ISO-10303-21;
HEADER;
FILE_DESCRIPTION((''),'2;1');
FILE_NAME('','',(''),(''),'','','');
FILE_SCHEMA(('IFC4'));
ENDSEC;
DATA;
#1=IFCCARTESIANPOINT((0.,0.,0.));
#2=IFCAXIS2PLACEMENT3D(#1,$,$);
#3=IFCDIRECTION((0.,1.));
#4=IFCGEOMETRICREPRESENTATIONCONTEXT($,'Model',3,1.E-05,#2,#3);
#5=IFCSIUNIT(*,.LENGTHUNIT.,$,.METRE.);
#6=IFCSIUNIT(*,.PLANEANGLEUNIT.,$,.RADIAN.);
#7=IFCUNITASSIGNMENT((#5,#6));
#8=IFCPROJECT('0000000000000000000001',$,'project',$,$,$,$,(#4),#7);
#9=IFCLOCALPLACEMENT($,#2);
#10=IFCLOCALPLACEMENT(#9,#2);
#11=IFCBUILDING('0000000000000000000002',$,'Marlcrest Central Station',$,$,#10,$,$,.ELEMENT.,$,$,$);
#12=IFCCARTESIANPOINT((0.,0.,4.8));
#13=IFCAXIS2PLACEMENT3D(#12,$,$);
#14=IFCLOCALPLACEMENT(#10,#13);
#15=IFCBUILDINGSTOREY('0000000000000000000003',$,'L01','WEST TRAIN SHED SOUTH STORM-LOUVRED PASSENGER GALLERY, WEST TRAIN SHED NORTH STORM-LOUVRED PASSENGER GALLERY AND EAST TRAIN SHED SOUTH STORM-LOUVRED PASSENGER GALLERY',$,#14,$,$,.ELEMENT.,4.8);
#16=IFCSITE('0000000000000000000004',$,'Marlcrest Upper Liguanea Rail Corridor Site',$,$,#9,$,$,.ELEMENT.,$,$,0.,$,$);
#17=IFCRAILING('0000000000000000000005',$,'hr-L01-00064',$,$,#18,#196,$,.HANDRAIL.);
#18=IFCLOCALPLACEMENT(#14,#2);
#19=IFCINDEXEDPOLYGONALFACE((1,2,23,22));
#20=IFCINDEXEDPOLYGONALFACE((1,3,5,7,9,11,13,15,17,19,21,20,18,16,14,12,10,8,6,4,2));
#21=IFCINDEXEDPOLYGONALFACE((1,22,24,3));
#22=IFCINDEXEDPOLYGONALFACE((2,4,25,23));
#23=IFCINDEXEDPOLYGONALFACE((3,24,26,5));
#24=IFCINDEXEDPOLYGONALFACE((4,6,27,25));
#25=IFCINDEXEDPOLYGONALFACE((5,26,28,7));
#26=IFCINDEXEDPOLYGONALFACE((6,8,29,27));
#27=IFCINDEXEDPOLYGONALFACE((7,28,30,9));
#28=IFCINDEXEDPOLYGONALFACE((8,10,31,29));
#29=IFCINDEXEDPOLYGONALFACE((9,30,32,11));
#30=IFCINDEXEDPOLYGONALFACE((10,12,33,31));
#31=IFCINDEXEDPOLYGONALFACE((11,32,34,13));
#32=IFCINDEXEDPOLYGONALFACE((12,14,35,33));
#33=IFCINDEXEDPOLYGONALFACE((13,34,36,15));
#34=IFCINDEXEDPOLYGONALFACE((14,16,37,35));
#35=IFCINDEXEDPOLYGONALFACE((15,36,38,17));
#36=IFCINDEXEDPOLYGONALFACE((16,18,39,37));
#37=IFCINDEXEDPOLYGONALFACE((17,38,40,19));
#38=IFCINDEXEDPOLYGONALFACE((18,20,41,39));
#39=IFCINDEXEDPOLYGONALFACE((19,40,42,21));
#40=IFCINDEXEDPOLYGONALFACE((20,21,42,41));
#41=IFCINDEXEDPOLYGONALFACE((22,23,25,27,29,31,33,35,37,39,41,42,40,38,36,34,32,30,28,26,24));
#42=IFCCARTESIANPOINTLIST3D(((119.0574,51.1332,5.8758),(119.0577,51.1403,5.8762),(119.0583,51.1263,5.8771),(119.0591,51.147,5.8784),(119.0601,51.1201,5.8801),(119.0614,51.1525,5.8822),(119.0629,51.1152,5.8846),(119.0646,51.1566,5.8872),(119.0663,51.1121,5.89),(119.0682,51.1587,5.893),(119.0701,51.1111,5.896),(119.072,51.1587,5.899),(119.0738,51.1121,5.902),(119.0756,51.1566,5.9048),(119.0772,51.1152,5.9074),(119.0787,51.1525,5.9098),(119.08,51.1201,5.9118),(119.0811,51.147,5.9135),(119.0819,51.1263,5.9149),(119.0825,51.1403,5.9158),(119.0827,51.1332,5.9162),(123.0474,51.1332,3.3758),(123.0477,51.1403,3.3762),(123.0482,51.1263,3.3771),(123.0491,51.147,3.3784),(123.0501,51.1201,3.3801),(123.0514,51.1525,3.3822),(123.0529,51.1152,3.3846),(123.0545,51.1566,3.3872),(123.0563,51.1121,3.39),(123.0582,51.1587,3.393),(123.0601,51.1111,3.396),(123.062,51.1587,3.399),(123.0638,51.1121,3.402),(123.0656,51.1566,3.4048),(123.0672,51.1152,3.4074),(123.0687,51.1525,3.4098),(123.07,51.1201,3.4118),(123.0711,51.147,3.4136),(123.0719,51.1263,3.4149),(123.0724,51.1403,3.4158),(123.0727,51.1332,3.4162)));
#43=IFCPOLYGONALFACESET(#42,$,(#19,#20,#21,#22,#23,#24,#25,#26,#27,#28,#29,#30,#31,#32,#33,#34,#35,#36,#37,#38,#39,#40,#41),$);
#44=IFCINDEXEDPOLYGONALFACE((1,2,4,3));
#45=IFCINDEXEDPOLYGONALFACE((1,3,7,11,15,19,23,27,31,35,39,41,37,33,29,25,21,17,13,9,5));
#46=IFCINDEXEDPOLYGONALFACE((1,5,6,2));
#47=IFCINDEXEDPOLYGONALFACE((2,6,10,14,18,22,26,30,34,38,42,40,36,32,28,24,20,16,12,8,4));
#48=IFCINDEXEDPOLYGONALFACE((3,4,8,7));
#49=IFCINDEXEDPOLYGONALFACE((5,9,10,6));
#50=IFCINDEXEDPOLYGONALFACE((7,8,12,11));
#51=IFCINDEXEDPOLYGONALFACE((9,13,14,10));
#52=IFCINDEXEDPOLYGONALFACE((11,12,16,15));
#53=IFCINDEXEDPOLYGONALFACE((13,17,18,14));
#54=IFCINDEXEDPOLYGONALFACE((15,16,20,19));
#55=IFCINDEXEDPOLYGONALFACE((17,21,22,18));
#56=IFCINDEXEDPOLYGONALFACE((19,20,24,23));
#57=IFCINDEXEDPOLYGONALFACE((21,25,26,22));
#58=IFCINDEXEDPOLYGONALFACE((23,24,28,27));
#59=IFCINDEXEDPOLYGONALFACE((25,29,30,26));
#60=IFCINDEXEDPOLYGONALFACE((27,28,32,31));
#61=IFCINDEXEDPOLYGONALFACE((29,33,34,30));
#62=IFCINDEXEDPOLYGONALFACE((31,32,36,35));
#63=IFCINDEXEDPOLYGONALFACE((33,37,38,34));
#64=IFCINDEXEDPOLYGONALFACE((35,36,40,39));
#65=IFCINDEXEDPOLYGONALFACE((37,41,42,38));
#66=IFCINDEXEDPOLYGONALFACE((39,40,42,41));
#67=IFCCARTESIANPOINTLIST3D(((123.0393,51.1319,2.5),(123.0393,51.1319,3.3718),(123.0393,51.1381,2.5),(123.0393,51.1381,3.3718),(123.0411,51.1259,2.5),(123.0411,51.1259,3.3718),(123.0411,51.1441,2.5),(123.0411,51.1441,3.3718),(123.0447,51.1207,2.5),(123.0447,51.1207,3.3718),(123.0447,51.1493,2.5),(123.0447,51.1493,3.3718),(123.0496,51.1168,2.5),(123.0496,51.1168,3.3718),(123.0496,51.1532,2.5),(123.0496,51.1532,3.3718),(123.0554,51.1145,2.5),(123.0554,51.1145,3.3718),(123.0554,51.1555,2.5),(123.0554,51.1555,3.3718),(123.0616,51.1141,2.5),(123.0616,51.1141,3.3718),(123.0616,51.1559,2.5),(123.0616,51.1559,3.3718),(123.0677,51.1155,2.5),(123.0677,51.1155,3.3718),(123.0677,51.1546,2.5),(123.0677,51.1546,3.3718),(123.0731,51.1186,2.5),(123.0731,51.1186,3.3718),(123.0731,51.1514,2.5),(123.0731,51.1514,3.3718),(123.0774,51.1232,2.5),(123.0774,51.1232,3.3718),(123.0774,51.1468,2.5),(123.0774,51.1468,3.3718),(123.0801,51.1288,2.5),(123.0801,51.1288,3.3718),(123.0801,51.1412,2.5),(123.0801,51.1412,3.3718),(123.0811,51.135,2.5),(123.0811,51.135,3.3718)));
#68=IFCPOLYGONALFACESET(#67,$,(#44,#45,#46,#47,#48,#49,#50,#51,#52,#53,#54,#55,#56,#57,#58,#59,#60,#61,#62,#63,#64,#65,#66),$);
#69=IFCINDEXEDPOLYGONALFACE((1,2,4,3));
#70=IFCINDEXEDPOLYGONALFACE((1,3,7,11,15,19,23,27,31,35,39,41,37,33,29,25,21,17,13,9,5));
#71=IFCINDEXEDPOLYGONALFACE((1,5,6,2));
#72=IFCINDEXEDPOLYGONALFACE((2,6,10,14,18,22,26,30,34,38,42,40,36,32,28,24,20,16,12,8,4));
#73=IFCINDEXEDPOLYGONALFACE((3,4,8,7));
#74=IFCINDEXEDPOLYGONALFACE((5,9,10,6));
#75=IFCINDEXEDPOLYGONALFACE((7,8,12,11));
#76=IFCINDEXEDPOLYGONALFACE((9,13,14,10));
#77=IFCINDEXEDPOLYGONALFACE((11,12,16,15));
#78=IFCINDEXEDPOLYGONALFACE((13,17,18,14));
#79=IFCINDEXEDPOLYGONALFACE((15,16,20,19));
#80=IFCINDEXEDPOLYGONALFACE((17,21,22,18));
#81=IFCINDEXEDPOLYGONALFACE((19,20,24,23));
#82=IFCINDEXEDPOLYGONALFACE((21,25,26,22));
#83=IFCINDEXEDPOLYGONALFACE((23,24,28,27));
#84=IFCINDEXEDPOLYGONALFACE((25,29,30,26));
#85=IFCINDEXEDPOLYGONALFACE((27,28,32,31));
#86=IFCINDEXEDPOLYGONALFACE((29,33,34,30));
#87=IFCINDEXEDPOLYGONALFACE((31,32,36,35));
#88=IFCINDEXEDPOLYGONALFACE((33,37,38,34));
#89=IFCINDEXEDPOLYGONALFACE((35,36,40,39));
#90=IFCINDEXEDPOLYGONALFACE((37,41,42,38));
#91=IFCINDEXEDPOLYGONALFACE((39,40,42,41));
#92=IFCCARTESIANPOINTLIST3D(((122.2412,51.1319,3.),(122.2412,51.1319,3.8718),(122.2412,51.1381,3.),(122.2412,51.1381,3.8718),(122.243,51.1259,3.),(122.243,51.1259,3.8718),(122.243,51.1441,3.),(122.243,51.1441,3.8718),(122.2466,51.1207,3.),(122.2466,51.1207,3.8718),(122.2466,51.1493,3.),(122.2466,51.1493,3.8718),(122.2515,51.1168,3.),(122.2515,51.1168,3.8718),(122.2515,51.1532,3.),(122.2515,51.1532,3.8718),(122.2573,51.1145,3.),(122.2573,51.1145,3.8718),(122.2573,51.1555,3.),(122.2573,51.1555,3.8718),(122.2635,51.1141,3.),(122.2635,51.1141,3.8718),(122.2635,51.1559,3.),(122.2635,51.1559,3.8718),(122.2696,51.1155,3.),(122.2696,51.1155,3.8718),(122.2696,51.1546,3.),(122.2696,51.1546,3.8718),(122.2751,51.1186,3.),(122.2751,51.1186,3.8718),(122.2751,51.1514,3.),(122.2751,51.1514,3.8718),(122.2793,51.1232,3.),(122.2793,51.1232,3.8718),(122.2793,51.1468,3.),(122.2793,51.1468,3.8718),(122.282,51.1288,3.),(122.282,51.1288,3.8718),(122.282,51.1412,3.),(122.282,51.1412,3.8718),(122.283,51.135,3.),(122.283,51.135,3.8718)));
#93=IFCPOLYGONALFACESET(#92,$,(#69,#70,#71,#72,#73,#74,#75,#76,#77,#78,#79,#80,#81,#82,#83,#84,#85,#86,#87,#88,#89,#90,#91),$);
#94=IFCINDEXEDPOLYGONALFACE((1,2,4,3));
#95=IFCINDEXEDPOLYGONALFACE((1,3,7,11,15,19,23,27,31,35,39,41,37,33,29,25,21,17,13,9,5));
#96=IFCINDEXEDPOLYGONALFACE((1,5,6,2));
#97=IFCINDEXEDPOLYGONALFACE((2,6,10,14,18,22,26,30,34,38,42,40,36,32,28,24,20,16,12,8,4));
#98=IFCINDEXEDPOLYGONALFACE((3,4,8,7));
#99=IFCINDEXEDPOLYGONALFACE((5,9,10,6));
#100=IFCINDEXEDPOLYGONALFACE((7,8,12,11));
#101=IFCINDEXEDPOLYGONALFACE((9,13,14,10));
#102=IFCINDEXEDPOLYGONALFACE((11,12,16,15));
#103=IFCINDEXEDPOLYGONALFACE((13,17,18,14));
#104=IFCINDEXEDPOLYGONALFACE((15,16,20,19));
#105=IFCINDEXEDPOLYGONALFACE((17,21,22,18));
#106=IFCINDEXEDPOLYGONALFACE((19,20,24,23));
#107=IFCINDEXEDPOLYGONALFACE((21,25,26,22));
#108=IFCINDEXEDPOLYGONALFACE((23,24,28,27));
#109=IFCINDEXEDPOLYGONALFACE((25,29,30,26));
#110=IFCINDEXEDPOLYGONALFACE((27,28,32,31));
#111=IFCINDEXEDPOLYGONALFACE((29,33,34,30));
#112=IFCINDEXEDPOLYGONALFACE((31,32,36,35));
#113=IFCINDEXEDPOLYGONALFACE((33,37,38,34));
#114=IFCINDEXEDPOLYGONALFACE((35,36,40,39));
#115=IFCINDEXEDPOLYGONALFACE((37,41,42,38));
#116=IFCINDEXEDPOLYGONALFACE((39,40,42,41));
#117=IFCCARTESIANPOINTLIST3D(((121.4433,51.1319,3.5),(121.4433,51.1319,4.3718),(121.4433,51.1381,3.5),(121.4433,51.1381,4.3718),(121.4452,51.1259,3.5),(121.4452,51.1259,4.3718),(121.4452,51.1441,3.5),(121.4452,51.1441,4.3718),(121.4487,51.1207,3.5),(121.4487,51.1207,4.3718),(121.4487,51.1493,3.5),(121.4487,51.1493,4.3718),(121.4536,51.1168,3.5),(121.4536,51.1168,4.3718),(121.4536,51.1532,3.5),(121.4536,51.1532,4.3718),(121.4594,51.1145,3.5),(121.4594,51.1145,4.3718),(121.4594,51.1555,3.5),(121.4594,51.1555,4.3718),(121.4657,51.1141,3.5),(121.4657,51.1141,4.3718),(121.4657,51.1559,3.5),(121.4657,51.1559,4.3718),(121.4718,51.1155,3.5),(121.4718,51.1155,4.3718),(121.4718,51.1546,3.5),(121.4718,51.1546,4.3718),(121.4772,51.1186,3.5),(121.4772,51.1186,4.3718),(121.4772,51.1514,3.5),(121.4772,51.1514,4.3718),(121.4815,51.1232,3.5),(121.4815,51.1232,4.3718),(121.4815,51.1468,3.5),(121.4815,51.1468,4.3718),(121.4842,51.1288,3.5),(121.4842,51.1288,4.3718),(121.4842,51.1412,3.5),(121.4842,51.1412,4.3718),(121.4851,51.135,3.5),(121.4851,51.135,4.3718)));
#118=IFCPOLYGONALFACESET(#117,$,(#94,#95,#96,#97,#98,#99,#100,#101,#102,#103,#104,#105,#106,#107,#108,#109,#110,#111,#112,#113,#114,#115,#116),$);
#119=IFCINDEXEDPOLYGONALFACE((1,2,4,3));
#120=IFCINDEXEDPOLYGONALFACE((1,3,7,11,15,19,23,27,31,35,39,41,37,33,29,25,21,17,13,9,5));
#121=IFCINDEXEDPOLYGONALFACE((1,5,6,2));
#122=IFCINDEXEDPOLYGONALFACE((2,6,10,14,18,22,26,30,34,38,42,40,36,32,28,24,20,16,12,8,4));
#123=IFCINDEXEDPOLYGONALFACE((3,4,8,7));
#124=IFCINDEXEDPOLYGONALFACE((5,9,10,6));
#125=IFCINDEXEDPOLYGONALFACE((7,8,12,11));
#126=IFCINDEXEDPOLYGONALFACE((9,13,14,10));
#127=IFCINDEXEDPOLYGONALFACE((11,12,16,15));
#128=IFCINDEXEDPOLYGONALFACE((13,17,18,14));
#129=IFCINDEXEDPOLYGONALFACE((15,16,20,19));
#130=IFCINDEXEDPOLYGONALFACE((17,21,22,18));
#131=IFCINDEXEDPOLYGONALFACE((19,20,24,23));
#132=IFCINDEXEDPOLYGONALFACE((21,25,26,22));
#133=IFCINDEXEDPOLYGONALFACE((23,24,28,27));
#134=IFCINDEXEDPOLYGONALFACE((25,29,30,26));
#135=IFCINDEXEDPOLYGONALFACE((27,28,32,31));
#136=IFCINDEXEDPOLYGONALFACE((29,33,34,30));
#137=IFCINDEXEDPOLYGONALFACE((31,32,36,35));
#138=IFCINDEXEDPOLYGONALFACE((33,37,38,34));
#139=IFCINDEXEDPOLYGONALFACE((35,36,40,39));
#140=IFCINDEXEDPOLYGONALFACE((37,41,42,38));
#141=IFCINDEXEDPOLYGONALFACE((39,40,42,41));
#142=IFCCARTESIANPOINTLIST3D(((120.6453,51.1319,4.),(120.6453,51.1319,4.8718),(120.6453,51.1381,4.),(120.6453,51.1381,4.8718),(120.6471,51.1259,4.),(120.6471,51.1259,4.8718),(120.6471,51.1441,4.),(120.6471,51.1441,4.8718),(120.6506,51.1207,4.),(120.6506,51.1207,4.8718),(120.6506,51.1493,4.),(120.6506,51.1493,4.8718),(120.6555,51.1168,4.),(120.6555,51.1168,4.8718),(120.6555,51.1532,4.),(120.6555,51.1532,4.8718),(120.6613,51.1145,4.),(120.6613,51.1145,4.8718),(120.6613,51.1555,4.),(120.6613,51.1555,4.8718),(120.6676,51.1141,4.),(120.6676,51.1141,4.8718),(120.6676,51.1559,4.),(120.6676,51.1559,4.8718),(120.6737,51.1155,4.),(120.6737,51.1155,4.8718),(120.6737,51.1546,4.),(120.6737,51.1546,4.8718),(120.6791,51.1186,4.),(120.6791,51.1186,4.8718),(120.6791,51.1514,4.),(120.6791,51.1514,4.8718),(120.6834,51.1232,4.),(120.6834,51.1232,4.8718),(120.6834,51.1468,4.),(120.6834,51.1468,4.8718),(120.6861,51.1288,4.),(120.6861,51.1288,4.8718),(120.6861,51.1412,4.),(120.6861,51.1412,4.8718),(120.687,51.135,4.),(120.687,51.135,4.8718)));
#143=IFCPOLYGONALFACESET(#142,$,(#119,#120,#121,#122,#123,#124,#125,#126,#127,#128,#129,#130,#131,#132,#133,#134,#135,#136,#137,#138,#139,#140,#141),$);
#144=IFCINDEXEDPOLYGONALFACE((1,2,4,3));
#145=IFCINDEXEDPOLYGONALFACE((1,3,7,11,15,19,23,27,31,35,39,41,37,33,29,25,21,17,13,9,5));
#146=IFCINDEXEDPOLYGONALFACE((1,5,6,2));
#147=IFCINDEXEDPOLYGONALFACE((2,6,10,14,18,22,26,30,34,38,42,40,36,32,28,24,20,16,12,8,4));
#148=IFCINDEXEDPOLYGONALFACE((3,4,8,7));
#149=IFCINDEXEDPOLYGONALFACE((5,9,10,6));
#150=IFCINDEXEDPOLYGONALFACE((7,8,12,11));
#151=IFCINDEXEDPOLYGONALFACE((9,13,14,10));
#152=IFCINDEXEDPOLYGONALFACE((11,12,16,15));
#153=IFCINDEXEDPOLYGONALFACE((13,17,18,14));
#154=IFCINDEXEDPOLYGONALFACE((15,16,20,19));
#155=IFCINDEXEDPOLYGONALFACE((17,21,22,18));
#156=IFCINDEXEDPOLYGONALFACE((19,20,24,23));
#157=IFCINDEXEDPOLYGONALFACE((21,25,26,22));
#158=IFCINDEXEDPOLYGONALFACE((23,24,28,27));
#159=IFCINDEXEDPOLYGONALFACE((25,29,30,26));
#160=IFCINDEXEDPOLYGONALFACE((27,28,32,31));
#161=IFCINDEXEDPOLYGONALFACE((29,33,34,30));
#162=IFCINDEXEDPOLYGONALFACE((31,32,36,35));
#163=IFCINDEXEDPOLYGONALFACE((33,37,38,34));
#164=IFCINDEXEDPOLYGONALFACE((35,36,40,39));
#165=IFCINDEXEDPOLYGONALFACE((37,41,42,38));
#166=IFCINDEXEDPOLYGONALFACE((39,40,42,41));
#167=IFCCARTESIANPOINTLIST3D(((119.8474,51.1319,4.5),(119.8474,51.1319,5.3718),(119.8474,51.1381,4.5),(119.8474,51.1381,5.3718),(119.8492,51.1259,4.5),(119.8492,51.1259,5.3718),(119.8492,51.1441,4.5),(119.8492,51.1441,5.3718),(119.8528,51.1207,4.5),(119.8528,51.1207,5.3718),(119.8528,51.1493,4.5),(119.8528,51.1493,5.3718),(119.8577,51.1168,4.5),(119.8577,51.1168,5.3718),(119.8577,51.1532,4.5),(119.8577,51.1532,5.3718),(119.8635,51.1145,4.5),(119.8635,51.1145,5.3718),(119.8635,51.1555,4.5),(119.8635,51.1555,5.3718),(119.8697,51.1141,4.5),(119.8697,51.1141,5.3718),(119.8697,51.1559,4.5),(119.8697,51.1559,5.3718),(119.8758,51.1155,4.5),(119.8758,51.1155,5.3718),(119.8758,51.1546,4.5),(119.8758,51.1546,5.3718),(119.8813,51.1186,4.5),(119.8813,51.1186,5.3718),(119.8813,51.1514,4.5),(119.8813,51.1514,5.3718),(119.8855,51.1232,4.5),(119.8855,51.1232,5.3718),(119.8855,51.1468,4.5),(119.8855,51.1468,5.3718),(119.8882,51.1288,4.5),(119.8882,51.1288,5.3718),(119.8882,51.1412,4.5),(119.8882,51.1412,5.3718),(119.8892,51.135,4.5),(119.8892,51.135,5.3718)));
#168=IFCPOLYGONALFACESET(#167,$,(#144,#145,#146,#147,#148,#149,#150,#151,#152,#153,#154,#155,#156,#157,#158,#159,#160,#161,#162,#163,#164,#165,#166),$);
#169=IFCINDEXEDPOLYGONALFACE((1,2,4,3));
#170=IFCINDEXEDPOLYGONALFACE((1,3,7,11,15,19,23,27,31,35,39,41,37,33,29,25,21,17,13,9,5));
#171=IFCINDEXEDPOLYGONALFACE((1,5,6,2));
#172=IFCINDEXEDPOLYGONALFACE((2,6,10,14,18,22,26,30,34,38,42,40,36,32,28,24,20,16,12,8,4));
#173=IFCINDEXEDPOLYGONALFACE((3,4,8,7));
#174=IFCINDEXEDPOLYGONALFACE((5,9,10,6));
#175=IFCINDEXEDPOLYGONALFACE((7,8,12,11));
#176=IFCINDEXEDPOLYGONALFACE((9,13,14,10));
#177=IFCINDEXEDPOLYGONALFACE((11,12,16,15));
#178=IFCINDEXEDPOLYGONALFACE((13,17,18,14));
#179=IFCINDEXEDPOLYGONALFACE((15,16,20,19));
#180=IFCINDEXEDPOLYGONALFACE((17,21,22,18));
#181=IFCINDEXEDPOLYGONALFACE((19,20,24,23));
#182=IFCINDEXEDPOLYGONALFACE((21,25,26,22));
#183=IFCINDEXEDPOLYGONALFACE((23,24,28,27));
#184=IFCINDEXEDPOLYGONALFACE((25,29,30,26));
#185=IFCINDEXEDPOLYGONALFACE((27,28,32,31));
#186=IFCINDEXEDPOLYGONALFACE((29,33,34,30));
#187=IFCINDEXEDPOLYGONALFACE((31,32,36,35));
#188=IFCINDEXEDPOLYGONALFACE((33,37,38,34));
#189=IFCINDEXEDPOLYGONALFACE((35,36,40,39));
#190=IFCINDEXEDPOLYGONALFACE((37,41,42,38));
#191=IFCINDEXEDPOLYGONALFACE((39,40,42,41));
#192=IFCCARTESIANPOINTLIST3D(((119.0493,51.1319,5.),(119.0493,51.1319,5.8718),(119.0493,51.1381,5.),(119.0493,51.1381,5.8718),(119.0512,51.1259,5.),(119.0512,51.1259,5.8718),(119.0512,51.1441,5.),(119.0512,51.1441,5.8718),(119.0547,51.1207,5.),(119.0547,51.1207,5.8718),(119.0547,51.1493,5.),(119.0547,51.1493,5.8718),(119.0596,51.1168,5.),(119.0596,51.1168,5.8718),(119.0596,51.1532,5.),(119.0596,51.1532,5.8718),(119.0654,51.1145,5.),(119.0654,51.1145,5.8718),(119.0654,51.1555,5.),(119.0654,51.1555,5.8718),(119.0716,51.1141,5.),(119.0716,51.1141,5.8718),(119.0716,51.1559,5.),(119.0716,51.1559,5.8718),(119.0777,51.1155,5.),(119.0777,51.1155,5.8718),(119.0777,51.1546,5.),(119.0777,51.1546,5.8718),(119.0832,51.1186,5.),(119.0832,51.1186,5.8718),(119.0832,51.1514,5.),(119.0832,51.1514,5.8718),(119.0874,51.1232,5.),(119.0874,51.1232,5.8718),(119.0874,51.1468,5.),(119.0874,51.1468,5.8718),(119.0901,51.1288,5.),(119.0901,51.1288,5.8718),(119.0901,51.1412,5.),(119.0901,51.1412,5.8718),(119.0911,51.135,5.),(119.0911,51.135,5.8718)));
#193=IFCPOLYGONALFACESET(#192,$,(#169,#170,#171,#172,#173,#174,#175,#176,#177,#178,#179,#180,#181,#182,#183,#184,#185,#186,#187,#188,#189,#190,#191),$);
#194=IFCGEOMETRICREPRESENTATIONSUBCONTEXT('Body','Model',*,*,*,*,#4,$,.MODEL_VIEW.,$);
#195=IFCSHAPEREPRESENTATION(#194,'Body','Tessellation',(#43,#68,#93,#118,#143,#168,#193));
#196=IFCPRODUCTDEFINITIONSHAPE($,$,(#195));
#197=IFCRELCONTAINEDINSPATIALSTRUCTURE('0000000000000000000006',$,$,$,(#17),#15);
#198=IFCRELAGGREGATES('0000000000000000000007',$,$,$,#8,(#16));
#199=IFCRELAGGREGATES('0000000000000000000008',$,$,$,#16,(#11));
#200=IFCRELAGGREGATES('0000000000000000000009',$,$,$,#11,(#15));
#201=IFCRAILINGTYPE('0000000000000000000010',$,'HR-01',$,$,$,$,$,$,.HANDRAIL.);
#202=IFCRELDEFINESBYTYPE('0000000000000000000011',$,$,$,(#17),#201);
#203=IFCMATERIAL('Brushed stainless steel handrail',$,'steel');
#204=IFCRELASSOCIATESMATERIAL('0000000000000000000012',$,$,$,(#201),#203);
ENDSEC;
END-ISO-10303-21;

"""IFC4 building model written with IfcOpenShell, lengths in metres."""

from ifc_helpers import new_model, si_unit, direction, frame, origin, origin_2d, place, context, subcontext, project, spatial, circle, extrude, material, type_object, element, save


model = new_model("IFC4")

# Units and contexts
model_context = context("Model", 3, precision=1e-05, world=origin(), true_north=direction((0.0, 1.0)))
body_context = subcontext(model_context, "Body", "Model", "MODEL_VIEW")
ifc_project = project(units=[si_unit("LENGTHUNIT", "METRE"), si_unit("PLANEANGLEUNIT", "RADIAN")], contexts=[model_context])

# Site, building, storey
site_placement = place(None, origin())
site = spatial("IfcSite", under=ifc_project, at=site_placement, Name="Marlcrest Upper Liguanea Rail Corridor Site", CompositionType="ELEMENT", RefElevation=0.0)
building_placement = place(site_placement, origin())
building = spatial("IfcBuilding", under=site, at=building_placement, Name="Marlcrest Central Station", CompositionType="ELEMENT")
storey_placement = place(building_placement, frame((0.0, 0.0, 4.8)))
storey = spatial("IfcBuildingStorey", under=building, at=storey_placement, Name="L01", Description="WEST TRAIN SHED SOUTH STORM-LOUVRED PASSENGER GALLERY, WEST TRAIN SHED NORTH STORM-LOUVRED PASSENGER GALLERY AND EAST TRAIN SHED SOUTH STORM-LOUVRED PASSENGER GALLERY", CompositionType="ELEMENT", Elevation=4.8)

# Railing
ifc_material_1 = material(Name="Brushed stainless steel handrail", Category="steel")
railing_type = type_object("IfcRailingType", Name="HR-01", PredefinedType="HANDRAIL", material=ifc_material_1)
for number, where, name in (
    (1, (123.0601, 51.135, 2.5), "hr-L01-00064"),
):
    element("IfcRailing", number, at=place(storey_placement, frame(where)), inside=storey, type_object=railing_type, Name=name, PredefinedType="HANDRAIL", context=body_context, shape_type="SweptSolid", body=[
        extrude(circle(Radius=0.0239, at=origin_2d()), frame((0.0, 0.0, 0.896), z_axis=(-0.847401, 0.0, 0.530954), x_axis=(0.0, -1.0, 0.0)), (0.0, 0.0, 1.0), 4.7085),
        extrude(circle(Radius=0.021, at=origin_2d()), origin(), (0.0, 0.0, 1.0), 0.8718),
        extrude(circle(Radius=0.021, at=origin_2d()), frame((-0.7981, 0.0, 0.5)), (0.0, 0.0, 1.0), 0.8718),
        extrude(circle(Radius=0.021, at=origin_2d()), frame((-1.5959, 0.0, 1.0)), (0.0, 0.0, 1.0), 0.8718),
        extrude(circle(Radius=0.021, at=origin_2d()), frame((-2.394, 0.0, 1.5)), (0.0, 0.0, 1.0), 0.8718),
        extrude(circle(Radius=0.021, at=origin_2d()), frame((-3.1919, 0.0, 2.0)), (0.0, 0.0, 1.0), 0.8718),
        extrude(circle(Radius=0.021, at=origin_2d()), frame((-3.99, 0.0, 2.5)), (0.0, 0.0, 1.0), 0.8718),
    ])

save(model, "model.ifc")
